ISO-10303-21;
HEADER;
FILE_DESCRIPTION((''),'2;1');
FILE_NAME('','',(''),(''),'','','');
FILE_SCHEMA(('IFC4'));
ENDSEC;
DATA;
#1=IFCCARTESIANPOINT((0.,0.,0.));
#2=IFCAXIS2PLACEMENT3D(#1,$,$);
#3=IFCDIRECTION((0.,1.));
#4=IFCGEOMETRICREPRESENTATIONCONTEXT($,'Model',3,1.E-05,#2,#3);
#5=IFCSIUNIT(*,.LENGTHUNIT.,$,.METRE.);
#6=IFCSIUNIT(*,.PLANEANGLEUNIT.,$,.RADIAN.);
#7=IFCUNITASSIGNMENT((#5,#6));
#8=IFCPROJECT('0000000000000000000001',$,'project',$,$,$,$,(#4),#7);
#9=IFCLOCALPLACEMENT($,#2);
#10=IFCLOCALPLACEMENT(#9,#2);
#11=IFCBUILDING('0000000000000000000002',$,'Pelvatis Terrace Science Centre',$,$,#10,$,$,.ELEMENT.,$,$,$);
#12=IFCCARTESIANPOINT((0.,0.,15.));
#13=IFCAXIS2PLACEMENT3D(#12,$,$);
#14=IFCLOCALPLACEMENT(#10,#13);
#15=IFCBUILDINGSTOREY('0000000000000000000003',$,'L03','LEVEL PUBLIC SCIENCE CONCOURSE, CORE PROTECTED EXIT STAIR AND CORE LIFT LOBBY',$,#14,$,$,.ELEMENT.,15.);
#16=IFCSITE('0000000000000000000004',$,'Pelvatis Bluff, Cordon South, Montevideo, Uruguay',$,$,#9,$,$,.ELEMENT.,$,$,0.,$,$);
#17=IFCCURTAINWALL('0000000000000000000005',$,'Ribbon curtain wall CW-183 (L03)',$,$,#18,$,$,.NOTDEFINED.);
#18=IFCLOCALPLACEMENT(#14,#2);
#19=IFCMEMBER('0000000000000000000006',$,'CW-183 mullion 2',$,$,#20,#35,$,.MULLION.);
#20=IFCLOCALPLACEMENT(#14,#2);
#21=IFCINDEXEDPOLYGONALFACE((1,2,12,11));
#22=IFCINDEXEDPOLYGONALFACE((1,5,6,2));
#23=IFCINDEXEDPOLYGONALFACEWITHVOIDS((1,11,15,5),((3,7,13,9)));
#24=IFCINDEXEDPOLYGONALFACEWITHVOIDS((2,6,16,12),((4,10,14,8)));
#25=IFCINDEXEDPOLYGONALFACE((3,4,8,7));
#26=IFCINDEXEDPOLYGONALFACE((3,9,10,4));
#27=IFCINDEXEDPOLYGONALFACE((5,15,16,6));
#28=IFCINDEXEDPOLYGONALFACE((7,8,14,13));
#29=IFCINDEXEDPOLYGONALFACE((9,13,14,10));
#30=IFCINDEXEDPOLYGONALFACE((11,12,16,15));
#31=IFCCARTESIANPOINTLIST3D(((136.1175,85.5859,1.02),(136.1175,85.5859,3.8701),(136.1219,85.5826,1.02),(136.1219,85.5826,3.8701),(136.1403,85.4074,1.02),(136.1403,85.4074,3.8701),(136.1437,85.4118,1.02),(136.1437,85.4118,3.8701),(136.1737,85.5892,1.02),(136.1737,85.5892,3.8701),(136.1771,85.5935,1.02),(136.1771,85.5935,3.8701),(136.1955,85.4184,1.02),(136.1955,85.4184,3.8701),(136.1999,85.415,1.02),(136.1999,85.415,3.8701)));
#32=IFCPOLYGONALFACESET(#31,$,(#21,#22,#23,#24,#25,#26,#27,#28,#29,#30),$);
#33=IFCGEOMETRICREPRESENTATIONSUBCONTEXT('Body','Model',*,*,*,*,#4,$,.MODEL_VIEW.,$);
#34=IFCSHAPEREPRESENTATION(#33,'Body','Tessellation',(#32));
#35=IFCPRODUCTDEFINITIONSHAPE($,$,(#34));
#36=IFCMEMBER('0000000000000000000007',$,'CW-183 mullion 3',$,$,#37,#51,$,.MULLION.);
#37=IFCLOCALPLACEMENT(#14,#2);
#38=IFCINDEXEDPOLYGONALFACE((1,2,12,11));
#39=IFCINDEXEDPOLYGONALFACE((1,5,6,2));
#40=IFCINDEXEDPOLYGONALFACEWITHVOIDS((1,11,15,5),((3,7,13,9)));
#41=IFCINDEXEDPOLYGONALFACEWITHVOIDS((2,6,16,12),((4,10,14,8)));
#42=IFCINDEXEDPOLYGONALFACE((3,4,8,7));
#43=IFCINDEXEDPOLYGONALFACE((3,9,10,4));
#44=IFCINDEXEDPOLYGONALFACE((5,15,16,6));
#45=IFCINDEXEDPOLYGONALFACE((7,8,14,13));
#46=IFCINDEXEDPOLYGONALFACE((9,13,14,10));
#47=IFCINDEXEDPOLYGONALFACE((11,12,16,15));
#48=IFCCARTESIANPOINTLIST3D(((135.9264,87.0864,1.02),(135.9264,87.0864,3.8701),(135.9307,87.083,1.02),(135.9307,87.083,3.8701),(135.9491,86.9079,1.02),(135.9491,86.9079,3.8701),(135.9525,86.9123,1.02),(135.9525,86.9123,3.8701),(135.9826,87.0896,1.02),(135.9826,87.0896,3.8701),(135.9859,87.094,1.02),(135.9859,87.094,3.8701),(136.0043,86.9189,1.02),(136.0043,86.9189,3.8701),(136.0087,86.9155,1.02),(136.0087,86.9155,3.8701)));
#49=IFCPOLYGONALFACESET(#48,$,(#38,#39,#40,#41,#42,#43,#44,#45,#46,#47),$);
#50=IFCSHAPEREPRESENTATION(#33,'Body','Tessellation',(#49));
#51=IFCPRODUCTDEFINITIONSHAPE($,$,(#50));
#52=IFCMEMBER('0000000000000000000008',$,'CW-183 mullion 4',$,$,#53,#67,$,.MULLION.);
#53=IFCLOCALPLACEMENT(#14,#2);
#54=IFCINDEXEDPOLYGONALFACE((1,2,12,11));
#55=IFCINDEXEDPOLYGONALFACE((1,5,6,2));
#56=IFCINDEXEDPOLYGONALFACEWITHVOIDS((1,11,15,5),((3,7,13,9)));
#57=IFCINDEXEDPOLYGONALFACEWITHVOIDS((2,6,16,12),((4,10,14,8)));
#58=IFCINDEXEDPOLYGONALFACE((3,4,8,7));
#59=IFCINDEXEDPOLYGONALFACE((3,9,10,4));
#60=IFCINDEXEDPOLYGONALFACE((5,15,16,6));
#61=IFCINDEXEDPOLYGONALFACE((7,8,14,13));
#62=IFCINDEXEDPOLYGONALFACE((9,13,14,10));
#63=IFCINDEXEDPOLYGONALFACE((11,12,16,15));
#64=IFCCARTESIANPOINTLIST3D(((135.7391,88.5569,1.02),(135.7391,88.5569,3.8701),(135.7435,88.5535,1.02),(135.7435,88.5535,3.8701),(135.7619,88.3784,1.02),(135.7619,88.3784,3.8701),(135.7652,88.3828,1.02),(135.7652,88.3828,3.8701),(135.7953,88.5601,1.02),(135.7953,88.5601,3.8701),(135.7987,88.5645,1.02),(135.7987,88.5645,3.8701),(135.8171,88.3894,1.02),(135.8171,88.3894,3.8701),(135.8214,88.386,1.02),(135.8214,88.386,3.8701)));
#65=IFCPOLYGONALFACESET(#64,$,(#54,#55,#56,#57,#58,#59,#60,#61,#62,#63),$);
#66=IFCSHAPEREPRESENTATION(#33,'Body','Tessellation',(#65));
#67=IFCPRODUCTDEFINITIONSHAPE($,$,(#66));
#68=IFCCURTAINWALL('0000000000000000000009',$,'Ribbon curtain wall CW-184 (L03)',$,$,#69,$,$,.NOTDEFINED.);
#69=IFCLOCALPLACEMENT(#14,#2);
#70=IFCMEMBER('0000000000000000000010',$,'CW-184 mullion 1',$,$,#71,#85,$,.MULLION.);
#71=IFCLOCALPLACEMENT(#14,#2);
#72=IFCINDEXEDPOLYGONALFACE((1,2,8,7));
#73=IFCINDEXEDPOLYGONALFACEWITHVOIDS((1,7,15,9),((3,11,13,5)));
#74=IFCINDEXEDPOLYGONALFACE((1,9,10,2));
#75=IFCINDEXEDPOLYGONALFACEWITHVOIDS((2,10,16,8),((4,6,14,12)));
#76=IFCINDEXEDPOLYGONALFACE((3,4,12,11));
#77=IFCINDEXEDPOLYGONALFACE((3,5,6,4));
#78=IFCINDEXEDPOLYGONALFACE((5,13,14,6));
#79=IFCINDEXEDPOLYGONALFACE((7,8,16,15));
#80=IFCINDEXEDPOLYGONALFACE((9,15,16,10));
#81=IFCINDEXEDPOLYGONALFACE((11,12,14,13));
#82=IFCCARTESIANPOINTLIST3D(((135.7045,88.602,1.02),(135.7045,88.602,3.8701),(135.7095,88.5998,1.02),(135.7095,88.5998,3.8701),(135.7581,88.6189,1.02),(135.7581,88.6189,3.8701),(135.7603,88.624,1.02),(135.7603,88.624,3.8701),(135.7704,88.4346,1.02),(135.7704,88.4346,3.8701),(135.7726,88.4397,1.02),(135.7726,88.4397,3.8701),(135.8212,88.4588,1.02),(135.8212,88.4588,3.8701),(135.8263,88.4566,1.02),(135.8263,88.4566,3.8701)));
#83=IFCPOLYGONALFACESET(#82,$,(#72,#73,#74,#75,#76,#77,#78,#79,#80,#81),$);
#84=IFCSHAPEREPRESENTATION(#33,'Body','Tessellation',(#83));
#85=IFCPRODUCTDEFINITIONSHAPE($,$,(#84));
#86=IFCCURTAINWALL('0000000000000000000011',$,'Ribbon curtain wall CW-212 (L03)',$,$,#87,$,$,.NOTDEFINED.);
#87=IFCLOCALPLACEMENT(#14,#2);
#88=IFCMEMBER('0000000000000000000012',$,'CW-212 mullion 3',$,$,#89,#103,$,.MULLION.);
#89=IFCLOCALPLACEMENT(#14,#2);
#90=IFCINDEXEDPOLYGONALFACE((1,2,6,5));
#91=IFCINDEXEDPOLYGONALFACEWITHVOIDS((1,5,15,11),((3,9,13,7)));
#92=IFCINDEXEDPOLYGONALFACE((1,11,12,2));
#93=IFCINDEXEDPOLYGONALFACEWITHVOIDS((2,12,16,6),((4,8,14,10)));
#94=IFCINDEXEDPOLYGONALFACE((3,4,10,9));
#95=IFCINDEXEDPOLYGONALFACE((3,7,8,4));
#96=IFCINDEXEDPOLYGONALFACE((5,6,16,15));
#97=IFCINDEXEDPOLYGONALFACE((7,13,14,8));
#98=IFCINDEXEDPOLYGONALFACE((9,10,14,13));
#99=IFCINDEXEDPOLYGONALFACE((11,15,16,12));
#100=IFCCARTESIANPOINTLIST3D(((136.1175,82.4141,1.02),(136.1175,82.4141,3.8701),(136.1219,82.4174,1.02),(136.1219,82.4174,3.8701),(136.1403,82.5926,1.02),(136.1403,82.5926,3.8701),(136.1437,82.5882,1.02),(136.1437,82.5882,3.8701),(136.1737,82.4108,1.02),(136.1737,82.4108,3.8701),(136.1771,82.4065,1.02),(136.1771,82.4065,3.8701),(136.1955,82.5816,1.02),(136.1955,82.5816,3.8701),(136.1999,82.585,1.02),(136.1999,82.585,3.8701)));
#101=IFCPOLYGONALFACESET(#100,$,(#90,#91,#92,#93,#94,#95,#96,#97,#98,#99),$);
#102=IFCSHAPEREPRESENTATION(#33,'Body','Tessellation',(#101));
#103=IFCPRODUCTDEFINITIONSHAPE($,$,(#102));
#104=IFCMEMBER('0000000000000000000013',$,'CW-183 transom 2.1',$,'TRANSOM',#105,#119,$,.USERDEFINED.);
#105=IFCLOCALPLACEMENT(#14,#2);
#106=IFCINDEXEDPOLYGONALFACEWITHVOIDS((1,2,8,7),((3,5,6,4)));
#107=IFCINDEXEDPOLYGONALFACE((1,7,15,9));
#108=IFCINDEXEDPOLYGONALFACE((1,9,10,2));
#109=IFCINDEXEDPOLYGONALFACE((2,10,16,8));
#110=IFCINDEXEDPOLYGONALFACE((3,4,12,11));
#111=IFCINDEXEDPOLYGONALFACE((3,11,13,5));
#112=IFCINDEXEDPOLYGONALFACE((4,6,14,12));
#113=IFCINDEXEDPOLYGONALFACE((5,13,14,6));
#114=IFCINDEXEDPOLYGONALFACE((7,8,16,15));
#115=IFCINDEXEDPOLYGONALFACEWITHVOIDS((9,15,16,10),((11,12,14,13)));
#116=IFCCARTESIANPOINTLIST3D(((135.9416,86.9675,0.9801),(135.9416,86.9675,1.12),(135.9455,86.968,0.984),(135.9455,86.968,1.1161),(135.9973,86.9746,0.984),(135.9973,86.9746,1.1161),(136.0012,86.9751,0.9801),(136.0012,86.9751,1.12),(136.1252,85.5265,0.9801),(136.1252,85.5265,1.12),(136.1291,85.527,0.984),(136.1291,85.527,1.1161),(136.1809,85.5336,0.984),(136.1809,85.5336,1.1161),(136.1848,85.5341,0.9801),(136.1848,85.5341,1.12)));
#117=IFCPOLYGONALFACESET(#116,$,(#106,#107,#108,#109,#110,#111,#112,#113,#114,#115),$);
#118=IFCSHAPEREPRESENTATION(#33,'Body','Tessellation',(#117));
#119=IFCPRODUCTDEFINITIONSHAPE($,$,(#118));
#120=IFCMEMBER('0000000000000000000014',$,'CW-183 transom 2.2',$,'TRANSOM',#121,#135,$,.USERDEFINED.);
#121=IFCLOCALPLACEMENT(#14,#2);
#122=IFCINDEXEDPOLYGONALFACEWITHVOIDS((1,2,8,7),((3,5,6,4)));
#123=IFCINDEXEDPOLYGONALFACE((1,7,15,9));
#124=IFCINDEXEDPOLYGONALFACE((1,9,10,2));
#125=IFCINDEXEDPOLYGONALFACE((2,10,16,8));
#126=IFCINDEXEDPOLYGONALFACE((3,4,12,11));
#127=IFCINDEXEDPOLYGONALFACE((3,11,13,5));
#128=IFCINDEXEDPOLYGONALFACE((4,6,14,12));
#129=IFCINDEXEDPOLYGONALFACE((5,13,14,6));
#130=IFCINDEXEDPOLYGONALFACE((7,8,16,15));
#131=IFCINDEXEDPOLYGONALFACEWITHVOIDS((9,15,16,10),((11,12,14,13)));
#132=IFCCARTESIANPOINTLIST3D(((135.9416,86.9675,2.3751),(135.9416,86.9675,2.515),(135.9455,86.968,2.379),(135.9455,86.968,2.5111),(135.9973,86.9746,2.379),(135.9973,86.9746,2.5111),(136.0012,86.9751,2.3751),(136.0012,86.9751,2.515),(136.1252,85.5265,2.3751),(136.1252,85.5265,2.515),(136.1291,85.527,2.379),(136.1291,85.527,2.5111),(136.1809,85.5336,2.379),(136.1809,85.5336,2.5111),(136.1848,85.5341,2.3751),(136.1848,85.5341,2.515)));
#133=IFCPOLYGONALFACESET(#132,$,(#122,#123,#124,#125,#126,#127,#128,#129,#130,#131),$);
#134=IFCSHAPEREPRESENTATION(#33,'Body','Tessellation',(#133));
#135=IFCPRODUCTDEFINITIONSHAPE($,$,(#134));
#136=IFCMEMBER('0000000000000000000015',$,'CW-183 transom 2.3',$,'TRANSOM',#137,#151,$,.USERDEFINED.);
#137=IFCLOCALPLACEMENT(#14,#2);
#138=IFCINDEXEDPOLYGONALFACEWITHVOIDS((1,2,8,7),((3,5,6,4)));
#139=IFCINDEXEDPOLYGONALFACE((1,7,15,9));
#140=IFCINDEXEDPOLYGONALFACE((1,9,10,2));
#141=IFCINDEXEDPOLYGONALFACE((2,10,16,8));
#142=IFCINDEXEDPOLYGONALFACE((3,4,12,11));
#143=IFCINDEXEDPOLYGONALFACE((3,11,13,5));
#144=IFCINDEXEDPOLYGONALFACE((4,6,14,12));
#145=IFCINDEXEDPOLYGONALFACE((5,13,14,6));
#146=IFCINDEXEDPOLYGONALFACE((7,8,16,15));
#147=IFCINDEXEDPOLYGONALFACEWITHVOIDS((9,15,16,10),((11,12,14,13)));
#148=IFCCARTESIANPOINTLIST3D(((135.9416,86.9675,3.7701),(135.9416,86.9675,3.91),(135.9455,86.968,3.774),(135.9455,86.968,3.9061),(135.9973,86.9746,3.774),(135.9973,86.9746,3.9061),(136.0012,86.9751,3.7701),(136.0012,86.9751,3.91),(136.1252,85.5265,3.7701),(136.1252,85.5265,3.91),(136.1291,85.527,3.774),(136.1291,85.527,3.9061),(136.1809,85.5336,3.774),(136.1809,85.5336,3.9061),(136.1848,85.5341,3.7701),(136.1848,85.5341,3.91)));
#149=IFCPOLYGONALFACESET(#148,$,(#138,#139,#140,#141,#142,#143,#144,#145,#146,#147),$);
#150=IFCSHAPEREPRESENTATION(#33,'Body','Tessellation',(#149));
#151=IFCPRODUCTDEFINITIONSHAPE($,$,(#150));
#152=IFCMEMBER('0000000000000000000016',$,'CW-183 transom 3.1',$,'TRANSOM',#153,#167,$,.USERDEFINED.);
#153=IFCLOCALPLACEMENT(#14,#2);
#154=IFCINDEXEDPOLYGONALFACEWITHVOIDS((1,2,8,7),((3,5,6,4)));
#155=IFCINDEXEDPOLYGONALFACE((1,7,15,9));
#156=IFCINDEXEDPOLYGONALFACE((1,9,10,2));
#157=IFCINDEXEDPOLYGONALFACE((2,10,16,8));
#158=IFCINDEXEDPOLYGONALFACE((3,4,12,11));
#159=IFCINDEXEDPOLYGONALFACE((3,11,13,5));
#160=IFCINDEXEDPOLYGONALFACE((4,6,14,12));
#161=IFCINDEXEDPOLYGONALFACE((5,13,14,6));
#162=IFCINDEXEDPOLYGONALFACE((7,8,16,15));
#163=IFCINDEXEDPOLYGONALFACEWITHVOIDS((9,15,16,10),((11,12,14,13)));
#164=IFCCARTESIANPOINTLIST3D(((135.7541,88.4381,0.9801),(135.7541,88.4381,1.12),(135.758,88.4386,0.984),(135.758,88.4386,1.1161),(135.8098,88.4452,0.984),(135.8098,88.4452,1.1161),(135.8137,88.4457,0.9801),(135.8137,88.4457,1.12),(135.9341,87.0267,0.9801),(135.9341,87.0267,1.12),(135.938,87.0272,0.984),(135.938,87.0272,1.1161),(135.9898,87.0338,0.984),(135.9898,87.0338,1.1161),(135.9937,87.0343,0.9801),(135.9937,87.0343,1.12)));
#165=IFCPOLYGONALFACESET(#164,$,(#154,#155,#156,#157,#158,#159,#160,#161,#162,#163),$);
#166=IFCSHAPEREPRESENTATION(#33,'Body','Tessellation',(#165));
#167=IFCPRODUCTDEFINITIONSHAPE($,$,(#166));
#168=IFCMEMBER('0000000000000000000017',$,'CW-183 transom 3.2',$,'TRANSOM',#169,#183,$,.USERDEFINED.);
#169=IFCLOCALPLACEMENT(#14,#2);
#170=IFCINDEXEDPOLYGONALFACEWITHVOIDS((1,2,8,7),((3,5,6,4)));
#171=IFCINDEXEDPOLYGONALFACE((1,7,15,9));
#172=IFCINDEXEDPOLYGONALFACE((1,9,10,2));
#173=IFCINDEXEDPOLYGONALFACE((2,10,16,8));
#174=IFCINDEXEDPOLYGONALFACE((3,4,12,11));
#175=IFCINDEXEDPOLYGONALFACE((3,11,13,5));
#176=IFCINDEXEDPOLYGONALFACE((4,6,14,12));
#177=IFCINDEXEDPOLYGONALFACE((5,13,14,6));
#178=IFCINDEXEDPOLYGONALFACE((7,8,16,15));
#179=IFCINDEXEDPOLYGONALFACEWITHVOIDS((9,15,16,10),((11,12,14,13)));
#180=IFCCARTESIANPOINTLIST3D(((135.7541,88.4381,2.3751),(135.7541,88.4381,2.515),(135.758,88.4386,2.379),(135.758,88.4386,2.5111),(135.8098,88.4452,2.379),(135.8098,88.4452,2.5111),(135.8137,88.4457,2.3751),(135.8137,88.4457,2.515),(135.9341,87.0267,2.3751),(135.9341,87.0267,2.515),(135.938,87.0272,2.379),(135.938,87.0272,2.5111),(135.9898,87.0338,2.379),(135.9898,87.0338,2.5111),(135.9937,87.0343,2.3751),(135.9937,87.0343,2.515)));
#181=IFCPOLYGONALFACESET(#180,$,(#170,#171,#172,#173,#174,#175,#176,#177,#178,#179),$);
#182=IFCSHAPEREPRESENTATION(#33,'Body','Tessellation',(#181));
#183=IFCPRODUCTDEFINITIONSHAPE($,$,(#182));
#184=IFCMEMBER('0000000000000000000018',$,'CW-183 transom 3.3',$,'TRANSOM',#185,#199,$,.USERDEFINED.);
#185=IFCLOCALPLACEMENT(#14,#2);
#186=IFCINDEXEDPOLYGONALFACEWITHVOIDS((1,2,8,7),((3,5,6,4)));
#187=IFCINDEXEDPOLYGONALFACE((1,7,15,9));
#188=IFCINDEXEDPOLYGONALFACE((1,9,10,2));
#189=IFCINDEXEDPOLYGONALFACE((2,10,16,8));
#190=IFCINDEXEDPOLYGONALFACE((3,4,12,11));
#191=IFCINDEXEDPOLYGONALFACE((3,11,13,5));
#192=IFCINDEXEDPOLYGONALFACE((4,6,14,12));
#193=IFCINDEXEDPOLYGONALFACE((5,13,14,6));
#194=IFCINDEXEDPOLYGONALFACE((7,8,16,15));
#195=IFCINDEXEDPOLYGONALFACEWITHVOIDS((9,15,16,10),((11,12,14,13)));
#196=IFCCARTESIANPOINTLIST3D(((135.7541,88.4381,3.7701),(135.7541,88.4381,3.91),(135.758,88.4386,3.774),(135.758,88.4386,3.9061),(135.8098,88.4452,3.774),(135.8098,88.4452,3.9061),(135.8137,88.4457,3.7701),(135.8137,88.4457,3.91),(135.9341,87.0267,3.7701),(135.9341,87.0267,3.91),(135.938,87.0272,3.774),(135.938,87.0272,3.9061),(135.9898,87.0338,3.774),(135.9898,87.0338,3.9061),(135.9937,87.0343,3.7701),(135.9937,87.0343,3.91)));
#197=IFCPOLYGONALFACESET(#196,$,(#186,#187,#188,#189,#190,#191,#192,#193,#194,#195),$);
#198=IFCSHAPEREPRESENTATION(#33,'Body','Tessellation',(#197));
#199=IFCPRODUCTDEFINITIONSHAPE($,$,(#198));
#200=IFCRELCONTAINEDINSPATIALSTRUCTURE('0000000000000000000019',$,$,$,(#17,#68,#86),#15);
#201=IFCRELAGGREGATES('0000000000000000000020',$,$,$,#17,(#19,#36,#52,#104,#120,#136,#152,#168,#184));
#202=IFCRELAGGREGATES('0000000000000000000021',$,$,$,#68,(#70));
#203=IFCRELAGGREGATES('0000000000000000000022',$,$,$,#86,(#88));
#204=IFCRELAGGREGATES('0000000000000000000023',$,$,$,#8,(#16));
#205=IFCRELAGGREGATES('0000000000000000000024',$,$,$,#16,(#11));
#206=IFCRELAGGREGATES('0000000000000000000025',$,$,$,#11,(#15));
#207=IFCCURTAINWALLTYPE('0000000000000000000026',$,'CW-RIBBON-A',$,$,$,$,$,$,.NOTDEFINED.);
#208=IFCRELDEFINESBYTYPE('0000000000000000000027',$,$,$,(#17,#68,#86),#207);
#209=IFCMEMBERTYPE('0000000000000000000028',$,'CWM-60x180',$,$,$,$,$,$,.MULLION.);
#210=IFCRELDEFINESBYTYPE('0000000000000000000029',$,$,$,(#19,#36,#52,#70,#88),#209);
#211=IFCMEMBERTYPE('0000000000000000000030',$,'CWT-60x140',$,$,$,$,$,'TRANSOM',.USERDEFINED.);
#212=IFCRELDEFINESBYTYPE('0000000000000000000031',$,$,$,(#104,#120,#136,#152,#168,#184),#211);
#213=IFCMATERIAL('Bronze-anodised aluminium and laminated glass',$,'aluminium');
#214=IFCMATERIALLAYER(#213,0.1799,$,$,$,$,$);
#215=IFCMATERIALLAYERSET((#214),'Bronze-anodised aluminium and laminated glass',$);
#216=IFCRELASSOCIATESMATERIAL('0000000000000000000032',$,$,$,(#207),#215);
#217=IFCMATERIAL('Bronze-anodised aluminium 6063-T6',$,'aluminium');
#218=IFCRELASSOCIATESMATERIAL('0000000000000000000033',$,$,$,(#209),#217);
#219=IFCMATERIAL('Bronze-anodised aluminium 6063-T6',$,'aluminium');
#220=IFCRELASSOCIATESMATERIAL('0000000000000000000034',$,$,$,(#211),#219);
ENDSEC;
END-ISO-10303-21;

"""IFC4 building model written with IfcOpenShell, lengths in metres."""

from ifc_helpers import new_model, si_unit, direction, frame, origin, origin_2d, place, context, subcontext, project, spatial, hollow_rectangle, extrude, material, layer, layer_set, material_profile, profile_set, type_object, element, aggregate, save


model = new_model("IFC4")

# Units and contexts
model_context = context("Model", 3, precision=1e-05, world=origin(), true_north=direction((0.0, 1.0)))
body_context = subcontext(model_context, "Body", "Model", "MODEL_VIEW")
ifc_project = project(units=[si_unit("LENGTHUNIT", "METRE"), si_unit("PLANEANGLEUNIT", "RADIAN")], contexts=[model_context])

# Site, building, storey
site_placement = place(None, origin())
site = spatial("IfcSite", under=ifc_project, at=site_placement, Name="Pelvatis Bluff, Cordon South, Montevideo, Uruguay", CompositionType="ELEMENT", RefElevation=0.0)
building_placement = place(site_placement, origin())
building = spatial("IfcBuilding", under=site, at=building_placement, Name="Pelvatis Terrace Science Centre", CompositionType="ELEMENT")
storey_placement = place(building_placement, frame((0.0, 0.0, 15.0)))
storey = spatial("IfcBuildingStorey", under=building, at=storey_placement, Name="L03", Description="LEVEL PUBLIC SCIENCE CONCOURSE, CORE PROTECTED EXIT STAIR AND CORE LIFT LOBBY", CompositionType="ELEMENT", Elevation=15.0)

# Curtain wall, members
ifc_material_1 = material(Name="Bronze-anodised aluminium and laminated glass", Category="aluminium")
ifc_layer_1 = layer(ifc_material_1, 0.1799)
ifc_layer_set_1 = layer_set([ifc_layer_1], Name="Bronze-anodised aluminium and laminated glass")
curtain_wall_type = type_object("IfcCurtainWallType", Name="CW-RIBBON-A", PredefinedType="NOTDEFINED", material=ifc_layer_set_1)
curtain_wall_1_placement = place(storey_placement, origin())
curtain_wall_1 = element("IfcCurtainWall", 1, at=curtain_wall_1_placement, inside=storey, type_object=curtain_wall_type, Name="Ribbon curtain wall CW-183 (L03)", PredefinedType="NOTDEFINED")
ifc_material_2 = material(Name="Bronze-anodised aluminium 6063-T6", Category="aluminium")
ifc_material_profile_1 = material_profile(ifc_material_2, hollow_rectangle(XDim=0.0601, YDim=0.1799, WallThickness=0.0039, at=origin_2d()), Name="ALU-MUL 60x180")
ifc_profile_set_1 = profile_set([ifc_material_profile_1], Name="Bronze-anodised aluminium 6063-T6")
member_type_1 = type_object("IfcMemberType", Name="CWM-60x180", PredefinedType="MULLION", material=ifc_profile_set_1)
member_1_placement = place(storey_placement, frame((136.1587, 85.5005, 1.02), z_axis=(0.0, 0.0, 1.0), x_axis=(-0.991978, -0.126408, 0.0)))
member_1 = element("IfcMember", 2, at=member_1_placement, type_object=member_type_1, Name="CW-183 mullion 2", PredefinedType="MULLION", context=body_context, shape_type="SweptSolid", body=[
    extrude(hollow_rectangle(XDim=0.0601, YDim=0.1799, WallThickness=0.0039, at=origin_2d()), origin(), (0.0, 0.0, 1.0), 2.8501),
])
member_2_placement = place(storey_placement, frame((135.9675, 87.001, 1.02), z_axis=(0.0, 0.0, 1.0), x_axis=(-0.991978, -0.126408, 0.0)))
member_2 = element("IfcMember", 3, at=member_2_placement, type_object=member_type_1, Name="CW-183 mullion 3", PredefinedType="MULLION", context=body_context, shape_type="SweptSolid", body=[
    extrude(hollow_rectangle(XDim=0.0601, YDim=0.1799, WallThickness=0.0039, at=origin_2d()), origin(), (0.0, 0.0, 1.0), 2.8501),
])
member_3_placement = place(storey_placement, frame((135.7803, 88.4714, 1.02), z_axis=(0.0, 0.0, 1.0), x_axis=(-0.991978, -0.126408, 0.0)))
member_3 = element("IfcMember", 4, at=member_3_placement, type_object=member_type_1, Name="CW-183 mullion 4", PredefinedType="MULLION", context=body_context, shape_type="SweptSolid", body=[
    extrude(hollow_rectangle(XDim=0.0601, YDim=0.1799, WallThickness=0.0039, at=origin_2d()), origin(), (0.0, 0.0, 1.0), 2.8501),
])

# Curtain walls, members
curtain_wall_2_placement = place(storey_placement, origin())
curtain_wall_2 = element("IfcCurtainWall", 5, at=curtain_wall_2_placement, inside=storey, type_object=curtain_wall_type, Name="Ribbon curtain wall CW-184 (L03)", PredefinedType="NOTDEFINED")
member_4_placement = place(storey_placement, frame((135.7654, 88.5293, 1.02), z_axis=(0.0, 0.0, 1.0), x_axis=(-0.930402, -0.366541, 0.0)))
member_4 = element("IfcMember", 6, at=member_4_placement, type_object=member_type_1, Name="CW-184 mullion 1", PredefinedType="MULLION", context=body_context, shape_type="SweptSolid", body=[
    extrude(hollow_rectangle(XDim=0.0601, YDim=0.1799, WallThickness=0.0039, at=origin_2d()), origin(), (0.0, 0.0, 1.0), 2.8501),
])
curtain_wall_3_placement = place(storey_placement, origin())
curtain_wall_3 = element("IfcCurtainWall", 7, at=curtain_wall_3_placement, inside=storey, type_object=curtain_wall_type, Name="Ribbon curtain wall CW-212 (L03)", PredefinedType="NOTDEFINED")
member_5_placement = place(storey_placement, frame((136.1587, 82.4995, 1.02), z_axis=(0.0, 0.0, 1.0), x_axis=(-0.991978, 0.126408, 0.0)))
member_5 = element("IfcMember", 8, at=member_5_placement, type_object=member_type_1, Name="CW-212 mullion 3", PredefinedType="MULLION", context=body_context, shape_type="SweptSolid", body=[
    extrude(hollow_rectangle(XDim=0.0601, YDim=0.1799, WallThickness=0.0039, at=origin_2d()), origin(), (0.0, 0.0, 1.0), 2.8501),
])

# Members
ifc_material_3 = material(Name="Bronze-anodised aluminium 6063-T6", Category="aluminium")
ifc_material_profile_2 = material_profile(ifc_material_3, hollow_rectangle(XDim=0.0601, YDim=0.1399, WallThickness=0.0039, at=origin_2d()), Name="ALU-TRN 60x140")
ifc_profile_set_2 = profile_set([ifc_material_profile_2], Name="Bronze-anodised aluminium 6063-T6")
member_type_2 = type_object("IfcMemberType", Name="CWT-60x140", ElementType="TRANSOM", PredefinedType="USERDEFINED", material=ifc_profile_set_2)
member_6_placement = place(storey_placement, frame((136.155, 85.5303, 1.05), z_axis=(-0.126393, 0.99198, 0.0), x_axis=(-0.99198, -0.126393, 0.0)))
member_6 = element("IfcMember", 9, at=member_6_placement, type_object=member_type_2, Name="CW-183 transom 2.1", ObjectType="TRANSOM", PredefinedType="USERDEFINED", context=body_context, shape_type="SweptSolid", body=[
    extrude(hollow_rectangle(XDim=0.0601, YDim=0.1399, WallThickness=0.0039, at=origin_2d()), origin(), (0.0, 0.0, 1.0), 1.4526),
])
member_7_placement = place(storey_placement, frame((136.155, 85.5303, 2.4451), z_axis=(-0.126393, 0.99198, 0.0), x_axis=(-0.99198, -0.126393, 0.0)))
member_7 = element("IfcMember", 10, at=member_7_placement, type_object=member_type_2, Name="CW-183 transom 2.2", ObjectType="TRANSOM", PredefinedType="USERDEFINED", context=body_context, shape_type="SweptSolid", body=[
    extrude(hollow_rectangle(XDim=0.0601, YDim=0.1399, WallThickness=0.0039, at=origin_2d()), origin(), (0.0, 0.0, 1.0), 1.4526),
])
member_8_placement = place(storey_placement, frame((136.155, 85.5303, 3.8401), z_axis=(-0.126393, 0.99198, 0.0), x_axis=(-0.99198, -0.126393, 0.0)))
member_8 = element("IfcMember", 11, at=member_8_placement, type_object=member_type_2, Name="CW-183 transom 2.3", ObjectType="TRANSOM", PredefinedType="USERDEFINED", context=body_context, shape_type="SweptSolid", body=[
    extrude(hollow_rectangle(XDim=0.0601, YDim=0.1399, WallThickness=0.0039, at=origin_2d()), origin(), (0.0, 0.0, 1.0), 1.4526),
])
member_9_placement = place(storey_placement, frame((135.9639, 87.0305, 1.05), z_axis=(-0.126463, 0.991971, 0.0), x_axis=(-0.991971, -0.126463, 0.0)))
member_9 = element("IfcMember", 12, at=member_9_placement, type_object=member_type_2, Name="CW-183 transom 3.1", ObjectType="TRANSOM", PredefinedType="USERDEFINED", context=body_context, shape_type="SweptSolid", body=[
    extrude(hollow_rectangle(XDim=0.0601, YDim=0.1399, WallThickness=0.0039, at=origin_2d()), origin(), (0.0, 0.0, 1.0), 1.4229),
])
member_10_placement = place(storey_placement, frame((135.9639, 87.0305, 2.4451), z_axis=(-0.126463, 0.991971, 0.0), x_axis=(-0.991971, -0.126463, 0.0)))
member_10 = element("IfcMember", 13, at=member_10_placement, type_object=member_type_2, Name="CW-183 transom 3.2", ObjectType="TRANSOM", PredefinedType="USERDEFINED", context=body_context, shape_type="SweptSolid", body=[
    extrude(hollow_rectangle(XDim=0.0601, YDim=0.1399, WallThickness=0.0039, at=origin_2d()), origin(), (0.0, 0.0, 1.0), 1.4229),
])
member_11_placement = place(storey_placement, frame((135.9639, 87.0305, 3.8401), z_axis=(-0.126463, 0.991971, 0.0), x_axis=(-0.991971, -0.126463, 0.0)))
member_11 = element("IfcMember", 14, at=member_11_placement, type_object=member_type_2, Name="CW-183 transom 3.3", ObjectType="TRANSOM", PredefinedType="USERDEFINED", context=body_context, shape_type="SweptSolid", body=[
    extrude(hollow_rectangle(XDim=0.0601, YDim=0.1399, WallThickness=0.0039, at=origin_2d()), origin(), (0.0, 0.0, 1.0), 1.4229),
])

aggregate(curtain_wall_1, [member_1, member_2, member_3, member_6, member_7, member_8, member_9, member_10, member_11])
aggregate(curtain_wall_2, [member_4])
aggregate(curtain_wall_3, [member_5])

save(model, "model.ifc")
